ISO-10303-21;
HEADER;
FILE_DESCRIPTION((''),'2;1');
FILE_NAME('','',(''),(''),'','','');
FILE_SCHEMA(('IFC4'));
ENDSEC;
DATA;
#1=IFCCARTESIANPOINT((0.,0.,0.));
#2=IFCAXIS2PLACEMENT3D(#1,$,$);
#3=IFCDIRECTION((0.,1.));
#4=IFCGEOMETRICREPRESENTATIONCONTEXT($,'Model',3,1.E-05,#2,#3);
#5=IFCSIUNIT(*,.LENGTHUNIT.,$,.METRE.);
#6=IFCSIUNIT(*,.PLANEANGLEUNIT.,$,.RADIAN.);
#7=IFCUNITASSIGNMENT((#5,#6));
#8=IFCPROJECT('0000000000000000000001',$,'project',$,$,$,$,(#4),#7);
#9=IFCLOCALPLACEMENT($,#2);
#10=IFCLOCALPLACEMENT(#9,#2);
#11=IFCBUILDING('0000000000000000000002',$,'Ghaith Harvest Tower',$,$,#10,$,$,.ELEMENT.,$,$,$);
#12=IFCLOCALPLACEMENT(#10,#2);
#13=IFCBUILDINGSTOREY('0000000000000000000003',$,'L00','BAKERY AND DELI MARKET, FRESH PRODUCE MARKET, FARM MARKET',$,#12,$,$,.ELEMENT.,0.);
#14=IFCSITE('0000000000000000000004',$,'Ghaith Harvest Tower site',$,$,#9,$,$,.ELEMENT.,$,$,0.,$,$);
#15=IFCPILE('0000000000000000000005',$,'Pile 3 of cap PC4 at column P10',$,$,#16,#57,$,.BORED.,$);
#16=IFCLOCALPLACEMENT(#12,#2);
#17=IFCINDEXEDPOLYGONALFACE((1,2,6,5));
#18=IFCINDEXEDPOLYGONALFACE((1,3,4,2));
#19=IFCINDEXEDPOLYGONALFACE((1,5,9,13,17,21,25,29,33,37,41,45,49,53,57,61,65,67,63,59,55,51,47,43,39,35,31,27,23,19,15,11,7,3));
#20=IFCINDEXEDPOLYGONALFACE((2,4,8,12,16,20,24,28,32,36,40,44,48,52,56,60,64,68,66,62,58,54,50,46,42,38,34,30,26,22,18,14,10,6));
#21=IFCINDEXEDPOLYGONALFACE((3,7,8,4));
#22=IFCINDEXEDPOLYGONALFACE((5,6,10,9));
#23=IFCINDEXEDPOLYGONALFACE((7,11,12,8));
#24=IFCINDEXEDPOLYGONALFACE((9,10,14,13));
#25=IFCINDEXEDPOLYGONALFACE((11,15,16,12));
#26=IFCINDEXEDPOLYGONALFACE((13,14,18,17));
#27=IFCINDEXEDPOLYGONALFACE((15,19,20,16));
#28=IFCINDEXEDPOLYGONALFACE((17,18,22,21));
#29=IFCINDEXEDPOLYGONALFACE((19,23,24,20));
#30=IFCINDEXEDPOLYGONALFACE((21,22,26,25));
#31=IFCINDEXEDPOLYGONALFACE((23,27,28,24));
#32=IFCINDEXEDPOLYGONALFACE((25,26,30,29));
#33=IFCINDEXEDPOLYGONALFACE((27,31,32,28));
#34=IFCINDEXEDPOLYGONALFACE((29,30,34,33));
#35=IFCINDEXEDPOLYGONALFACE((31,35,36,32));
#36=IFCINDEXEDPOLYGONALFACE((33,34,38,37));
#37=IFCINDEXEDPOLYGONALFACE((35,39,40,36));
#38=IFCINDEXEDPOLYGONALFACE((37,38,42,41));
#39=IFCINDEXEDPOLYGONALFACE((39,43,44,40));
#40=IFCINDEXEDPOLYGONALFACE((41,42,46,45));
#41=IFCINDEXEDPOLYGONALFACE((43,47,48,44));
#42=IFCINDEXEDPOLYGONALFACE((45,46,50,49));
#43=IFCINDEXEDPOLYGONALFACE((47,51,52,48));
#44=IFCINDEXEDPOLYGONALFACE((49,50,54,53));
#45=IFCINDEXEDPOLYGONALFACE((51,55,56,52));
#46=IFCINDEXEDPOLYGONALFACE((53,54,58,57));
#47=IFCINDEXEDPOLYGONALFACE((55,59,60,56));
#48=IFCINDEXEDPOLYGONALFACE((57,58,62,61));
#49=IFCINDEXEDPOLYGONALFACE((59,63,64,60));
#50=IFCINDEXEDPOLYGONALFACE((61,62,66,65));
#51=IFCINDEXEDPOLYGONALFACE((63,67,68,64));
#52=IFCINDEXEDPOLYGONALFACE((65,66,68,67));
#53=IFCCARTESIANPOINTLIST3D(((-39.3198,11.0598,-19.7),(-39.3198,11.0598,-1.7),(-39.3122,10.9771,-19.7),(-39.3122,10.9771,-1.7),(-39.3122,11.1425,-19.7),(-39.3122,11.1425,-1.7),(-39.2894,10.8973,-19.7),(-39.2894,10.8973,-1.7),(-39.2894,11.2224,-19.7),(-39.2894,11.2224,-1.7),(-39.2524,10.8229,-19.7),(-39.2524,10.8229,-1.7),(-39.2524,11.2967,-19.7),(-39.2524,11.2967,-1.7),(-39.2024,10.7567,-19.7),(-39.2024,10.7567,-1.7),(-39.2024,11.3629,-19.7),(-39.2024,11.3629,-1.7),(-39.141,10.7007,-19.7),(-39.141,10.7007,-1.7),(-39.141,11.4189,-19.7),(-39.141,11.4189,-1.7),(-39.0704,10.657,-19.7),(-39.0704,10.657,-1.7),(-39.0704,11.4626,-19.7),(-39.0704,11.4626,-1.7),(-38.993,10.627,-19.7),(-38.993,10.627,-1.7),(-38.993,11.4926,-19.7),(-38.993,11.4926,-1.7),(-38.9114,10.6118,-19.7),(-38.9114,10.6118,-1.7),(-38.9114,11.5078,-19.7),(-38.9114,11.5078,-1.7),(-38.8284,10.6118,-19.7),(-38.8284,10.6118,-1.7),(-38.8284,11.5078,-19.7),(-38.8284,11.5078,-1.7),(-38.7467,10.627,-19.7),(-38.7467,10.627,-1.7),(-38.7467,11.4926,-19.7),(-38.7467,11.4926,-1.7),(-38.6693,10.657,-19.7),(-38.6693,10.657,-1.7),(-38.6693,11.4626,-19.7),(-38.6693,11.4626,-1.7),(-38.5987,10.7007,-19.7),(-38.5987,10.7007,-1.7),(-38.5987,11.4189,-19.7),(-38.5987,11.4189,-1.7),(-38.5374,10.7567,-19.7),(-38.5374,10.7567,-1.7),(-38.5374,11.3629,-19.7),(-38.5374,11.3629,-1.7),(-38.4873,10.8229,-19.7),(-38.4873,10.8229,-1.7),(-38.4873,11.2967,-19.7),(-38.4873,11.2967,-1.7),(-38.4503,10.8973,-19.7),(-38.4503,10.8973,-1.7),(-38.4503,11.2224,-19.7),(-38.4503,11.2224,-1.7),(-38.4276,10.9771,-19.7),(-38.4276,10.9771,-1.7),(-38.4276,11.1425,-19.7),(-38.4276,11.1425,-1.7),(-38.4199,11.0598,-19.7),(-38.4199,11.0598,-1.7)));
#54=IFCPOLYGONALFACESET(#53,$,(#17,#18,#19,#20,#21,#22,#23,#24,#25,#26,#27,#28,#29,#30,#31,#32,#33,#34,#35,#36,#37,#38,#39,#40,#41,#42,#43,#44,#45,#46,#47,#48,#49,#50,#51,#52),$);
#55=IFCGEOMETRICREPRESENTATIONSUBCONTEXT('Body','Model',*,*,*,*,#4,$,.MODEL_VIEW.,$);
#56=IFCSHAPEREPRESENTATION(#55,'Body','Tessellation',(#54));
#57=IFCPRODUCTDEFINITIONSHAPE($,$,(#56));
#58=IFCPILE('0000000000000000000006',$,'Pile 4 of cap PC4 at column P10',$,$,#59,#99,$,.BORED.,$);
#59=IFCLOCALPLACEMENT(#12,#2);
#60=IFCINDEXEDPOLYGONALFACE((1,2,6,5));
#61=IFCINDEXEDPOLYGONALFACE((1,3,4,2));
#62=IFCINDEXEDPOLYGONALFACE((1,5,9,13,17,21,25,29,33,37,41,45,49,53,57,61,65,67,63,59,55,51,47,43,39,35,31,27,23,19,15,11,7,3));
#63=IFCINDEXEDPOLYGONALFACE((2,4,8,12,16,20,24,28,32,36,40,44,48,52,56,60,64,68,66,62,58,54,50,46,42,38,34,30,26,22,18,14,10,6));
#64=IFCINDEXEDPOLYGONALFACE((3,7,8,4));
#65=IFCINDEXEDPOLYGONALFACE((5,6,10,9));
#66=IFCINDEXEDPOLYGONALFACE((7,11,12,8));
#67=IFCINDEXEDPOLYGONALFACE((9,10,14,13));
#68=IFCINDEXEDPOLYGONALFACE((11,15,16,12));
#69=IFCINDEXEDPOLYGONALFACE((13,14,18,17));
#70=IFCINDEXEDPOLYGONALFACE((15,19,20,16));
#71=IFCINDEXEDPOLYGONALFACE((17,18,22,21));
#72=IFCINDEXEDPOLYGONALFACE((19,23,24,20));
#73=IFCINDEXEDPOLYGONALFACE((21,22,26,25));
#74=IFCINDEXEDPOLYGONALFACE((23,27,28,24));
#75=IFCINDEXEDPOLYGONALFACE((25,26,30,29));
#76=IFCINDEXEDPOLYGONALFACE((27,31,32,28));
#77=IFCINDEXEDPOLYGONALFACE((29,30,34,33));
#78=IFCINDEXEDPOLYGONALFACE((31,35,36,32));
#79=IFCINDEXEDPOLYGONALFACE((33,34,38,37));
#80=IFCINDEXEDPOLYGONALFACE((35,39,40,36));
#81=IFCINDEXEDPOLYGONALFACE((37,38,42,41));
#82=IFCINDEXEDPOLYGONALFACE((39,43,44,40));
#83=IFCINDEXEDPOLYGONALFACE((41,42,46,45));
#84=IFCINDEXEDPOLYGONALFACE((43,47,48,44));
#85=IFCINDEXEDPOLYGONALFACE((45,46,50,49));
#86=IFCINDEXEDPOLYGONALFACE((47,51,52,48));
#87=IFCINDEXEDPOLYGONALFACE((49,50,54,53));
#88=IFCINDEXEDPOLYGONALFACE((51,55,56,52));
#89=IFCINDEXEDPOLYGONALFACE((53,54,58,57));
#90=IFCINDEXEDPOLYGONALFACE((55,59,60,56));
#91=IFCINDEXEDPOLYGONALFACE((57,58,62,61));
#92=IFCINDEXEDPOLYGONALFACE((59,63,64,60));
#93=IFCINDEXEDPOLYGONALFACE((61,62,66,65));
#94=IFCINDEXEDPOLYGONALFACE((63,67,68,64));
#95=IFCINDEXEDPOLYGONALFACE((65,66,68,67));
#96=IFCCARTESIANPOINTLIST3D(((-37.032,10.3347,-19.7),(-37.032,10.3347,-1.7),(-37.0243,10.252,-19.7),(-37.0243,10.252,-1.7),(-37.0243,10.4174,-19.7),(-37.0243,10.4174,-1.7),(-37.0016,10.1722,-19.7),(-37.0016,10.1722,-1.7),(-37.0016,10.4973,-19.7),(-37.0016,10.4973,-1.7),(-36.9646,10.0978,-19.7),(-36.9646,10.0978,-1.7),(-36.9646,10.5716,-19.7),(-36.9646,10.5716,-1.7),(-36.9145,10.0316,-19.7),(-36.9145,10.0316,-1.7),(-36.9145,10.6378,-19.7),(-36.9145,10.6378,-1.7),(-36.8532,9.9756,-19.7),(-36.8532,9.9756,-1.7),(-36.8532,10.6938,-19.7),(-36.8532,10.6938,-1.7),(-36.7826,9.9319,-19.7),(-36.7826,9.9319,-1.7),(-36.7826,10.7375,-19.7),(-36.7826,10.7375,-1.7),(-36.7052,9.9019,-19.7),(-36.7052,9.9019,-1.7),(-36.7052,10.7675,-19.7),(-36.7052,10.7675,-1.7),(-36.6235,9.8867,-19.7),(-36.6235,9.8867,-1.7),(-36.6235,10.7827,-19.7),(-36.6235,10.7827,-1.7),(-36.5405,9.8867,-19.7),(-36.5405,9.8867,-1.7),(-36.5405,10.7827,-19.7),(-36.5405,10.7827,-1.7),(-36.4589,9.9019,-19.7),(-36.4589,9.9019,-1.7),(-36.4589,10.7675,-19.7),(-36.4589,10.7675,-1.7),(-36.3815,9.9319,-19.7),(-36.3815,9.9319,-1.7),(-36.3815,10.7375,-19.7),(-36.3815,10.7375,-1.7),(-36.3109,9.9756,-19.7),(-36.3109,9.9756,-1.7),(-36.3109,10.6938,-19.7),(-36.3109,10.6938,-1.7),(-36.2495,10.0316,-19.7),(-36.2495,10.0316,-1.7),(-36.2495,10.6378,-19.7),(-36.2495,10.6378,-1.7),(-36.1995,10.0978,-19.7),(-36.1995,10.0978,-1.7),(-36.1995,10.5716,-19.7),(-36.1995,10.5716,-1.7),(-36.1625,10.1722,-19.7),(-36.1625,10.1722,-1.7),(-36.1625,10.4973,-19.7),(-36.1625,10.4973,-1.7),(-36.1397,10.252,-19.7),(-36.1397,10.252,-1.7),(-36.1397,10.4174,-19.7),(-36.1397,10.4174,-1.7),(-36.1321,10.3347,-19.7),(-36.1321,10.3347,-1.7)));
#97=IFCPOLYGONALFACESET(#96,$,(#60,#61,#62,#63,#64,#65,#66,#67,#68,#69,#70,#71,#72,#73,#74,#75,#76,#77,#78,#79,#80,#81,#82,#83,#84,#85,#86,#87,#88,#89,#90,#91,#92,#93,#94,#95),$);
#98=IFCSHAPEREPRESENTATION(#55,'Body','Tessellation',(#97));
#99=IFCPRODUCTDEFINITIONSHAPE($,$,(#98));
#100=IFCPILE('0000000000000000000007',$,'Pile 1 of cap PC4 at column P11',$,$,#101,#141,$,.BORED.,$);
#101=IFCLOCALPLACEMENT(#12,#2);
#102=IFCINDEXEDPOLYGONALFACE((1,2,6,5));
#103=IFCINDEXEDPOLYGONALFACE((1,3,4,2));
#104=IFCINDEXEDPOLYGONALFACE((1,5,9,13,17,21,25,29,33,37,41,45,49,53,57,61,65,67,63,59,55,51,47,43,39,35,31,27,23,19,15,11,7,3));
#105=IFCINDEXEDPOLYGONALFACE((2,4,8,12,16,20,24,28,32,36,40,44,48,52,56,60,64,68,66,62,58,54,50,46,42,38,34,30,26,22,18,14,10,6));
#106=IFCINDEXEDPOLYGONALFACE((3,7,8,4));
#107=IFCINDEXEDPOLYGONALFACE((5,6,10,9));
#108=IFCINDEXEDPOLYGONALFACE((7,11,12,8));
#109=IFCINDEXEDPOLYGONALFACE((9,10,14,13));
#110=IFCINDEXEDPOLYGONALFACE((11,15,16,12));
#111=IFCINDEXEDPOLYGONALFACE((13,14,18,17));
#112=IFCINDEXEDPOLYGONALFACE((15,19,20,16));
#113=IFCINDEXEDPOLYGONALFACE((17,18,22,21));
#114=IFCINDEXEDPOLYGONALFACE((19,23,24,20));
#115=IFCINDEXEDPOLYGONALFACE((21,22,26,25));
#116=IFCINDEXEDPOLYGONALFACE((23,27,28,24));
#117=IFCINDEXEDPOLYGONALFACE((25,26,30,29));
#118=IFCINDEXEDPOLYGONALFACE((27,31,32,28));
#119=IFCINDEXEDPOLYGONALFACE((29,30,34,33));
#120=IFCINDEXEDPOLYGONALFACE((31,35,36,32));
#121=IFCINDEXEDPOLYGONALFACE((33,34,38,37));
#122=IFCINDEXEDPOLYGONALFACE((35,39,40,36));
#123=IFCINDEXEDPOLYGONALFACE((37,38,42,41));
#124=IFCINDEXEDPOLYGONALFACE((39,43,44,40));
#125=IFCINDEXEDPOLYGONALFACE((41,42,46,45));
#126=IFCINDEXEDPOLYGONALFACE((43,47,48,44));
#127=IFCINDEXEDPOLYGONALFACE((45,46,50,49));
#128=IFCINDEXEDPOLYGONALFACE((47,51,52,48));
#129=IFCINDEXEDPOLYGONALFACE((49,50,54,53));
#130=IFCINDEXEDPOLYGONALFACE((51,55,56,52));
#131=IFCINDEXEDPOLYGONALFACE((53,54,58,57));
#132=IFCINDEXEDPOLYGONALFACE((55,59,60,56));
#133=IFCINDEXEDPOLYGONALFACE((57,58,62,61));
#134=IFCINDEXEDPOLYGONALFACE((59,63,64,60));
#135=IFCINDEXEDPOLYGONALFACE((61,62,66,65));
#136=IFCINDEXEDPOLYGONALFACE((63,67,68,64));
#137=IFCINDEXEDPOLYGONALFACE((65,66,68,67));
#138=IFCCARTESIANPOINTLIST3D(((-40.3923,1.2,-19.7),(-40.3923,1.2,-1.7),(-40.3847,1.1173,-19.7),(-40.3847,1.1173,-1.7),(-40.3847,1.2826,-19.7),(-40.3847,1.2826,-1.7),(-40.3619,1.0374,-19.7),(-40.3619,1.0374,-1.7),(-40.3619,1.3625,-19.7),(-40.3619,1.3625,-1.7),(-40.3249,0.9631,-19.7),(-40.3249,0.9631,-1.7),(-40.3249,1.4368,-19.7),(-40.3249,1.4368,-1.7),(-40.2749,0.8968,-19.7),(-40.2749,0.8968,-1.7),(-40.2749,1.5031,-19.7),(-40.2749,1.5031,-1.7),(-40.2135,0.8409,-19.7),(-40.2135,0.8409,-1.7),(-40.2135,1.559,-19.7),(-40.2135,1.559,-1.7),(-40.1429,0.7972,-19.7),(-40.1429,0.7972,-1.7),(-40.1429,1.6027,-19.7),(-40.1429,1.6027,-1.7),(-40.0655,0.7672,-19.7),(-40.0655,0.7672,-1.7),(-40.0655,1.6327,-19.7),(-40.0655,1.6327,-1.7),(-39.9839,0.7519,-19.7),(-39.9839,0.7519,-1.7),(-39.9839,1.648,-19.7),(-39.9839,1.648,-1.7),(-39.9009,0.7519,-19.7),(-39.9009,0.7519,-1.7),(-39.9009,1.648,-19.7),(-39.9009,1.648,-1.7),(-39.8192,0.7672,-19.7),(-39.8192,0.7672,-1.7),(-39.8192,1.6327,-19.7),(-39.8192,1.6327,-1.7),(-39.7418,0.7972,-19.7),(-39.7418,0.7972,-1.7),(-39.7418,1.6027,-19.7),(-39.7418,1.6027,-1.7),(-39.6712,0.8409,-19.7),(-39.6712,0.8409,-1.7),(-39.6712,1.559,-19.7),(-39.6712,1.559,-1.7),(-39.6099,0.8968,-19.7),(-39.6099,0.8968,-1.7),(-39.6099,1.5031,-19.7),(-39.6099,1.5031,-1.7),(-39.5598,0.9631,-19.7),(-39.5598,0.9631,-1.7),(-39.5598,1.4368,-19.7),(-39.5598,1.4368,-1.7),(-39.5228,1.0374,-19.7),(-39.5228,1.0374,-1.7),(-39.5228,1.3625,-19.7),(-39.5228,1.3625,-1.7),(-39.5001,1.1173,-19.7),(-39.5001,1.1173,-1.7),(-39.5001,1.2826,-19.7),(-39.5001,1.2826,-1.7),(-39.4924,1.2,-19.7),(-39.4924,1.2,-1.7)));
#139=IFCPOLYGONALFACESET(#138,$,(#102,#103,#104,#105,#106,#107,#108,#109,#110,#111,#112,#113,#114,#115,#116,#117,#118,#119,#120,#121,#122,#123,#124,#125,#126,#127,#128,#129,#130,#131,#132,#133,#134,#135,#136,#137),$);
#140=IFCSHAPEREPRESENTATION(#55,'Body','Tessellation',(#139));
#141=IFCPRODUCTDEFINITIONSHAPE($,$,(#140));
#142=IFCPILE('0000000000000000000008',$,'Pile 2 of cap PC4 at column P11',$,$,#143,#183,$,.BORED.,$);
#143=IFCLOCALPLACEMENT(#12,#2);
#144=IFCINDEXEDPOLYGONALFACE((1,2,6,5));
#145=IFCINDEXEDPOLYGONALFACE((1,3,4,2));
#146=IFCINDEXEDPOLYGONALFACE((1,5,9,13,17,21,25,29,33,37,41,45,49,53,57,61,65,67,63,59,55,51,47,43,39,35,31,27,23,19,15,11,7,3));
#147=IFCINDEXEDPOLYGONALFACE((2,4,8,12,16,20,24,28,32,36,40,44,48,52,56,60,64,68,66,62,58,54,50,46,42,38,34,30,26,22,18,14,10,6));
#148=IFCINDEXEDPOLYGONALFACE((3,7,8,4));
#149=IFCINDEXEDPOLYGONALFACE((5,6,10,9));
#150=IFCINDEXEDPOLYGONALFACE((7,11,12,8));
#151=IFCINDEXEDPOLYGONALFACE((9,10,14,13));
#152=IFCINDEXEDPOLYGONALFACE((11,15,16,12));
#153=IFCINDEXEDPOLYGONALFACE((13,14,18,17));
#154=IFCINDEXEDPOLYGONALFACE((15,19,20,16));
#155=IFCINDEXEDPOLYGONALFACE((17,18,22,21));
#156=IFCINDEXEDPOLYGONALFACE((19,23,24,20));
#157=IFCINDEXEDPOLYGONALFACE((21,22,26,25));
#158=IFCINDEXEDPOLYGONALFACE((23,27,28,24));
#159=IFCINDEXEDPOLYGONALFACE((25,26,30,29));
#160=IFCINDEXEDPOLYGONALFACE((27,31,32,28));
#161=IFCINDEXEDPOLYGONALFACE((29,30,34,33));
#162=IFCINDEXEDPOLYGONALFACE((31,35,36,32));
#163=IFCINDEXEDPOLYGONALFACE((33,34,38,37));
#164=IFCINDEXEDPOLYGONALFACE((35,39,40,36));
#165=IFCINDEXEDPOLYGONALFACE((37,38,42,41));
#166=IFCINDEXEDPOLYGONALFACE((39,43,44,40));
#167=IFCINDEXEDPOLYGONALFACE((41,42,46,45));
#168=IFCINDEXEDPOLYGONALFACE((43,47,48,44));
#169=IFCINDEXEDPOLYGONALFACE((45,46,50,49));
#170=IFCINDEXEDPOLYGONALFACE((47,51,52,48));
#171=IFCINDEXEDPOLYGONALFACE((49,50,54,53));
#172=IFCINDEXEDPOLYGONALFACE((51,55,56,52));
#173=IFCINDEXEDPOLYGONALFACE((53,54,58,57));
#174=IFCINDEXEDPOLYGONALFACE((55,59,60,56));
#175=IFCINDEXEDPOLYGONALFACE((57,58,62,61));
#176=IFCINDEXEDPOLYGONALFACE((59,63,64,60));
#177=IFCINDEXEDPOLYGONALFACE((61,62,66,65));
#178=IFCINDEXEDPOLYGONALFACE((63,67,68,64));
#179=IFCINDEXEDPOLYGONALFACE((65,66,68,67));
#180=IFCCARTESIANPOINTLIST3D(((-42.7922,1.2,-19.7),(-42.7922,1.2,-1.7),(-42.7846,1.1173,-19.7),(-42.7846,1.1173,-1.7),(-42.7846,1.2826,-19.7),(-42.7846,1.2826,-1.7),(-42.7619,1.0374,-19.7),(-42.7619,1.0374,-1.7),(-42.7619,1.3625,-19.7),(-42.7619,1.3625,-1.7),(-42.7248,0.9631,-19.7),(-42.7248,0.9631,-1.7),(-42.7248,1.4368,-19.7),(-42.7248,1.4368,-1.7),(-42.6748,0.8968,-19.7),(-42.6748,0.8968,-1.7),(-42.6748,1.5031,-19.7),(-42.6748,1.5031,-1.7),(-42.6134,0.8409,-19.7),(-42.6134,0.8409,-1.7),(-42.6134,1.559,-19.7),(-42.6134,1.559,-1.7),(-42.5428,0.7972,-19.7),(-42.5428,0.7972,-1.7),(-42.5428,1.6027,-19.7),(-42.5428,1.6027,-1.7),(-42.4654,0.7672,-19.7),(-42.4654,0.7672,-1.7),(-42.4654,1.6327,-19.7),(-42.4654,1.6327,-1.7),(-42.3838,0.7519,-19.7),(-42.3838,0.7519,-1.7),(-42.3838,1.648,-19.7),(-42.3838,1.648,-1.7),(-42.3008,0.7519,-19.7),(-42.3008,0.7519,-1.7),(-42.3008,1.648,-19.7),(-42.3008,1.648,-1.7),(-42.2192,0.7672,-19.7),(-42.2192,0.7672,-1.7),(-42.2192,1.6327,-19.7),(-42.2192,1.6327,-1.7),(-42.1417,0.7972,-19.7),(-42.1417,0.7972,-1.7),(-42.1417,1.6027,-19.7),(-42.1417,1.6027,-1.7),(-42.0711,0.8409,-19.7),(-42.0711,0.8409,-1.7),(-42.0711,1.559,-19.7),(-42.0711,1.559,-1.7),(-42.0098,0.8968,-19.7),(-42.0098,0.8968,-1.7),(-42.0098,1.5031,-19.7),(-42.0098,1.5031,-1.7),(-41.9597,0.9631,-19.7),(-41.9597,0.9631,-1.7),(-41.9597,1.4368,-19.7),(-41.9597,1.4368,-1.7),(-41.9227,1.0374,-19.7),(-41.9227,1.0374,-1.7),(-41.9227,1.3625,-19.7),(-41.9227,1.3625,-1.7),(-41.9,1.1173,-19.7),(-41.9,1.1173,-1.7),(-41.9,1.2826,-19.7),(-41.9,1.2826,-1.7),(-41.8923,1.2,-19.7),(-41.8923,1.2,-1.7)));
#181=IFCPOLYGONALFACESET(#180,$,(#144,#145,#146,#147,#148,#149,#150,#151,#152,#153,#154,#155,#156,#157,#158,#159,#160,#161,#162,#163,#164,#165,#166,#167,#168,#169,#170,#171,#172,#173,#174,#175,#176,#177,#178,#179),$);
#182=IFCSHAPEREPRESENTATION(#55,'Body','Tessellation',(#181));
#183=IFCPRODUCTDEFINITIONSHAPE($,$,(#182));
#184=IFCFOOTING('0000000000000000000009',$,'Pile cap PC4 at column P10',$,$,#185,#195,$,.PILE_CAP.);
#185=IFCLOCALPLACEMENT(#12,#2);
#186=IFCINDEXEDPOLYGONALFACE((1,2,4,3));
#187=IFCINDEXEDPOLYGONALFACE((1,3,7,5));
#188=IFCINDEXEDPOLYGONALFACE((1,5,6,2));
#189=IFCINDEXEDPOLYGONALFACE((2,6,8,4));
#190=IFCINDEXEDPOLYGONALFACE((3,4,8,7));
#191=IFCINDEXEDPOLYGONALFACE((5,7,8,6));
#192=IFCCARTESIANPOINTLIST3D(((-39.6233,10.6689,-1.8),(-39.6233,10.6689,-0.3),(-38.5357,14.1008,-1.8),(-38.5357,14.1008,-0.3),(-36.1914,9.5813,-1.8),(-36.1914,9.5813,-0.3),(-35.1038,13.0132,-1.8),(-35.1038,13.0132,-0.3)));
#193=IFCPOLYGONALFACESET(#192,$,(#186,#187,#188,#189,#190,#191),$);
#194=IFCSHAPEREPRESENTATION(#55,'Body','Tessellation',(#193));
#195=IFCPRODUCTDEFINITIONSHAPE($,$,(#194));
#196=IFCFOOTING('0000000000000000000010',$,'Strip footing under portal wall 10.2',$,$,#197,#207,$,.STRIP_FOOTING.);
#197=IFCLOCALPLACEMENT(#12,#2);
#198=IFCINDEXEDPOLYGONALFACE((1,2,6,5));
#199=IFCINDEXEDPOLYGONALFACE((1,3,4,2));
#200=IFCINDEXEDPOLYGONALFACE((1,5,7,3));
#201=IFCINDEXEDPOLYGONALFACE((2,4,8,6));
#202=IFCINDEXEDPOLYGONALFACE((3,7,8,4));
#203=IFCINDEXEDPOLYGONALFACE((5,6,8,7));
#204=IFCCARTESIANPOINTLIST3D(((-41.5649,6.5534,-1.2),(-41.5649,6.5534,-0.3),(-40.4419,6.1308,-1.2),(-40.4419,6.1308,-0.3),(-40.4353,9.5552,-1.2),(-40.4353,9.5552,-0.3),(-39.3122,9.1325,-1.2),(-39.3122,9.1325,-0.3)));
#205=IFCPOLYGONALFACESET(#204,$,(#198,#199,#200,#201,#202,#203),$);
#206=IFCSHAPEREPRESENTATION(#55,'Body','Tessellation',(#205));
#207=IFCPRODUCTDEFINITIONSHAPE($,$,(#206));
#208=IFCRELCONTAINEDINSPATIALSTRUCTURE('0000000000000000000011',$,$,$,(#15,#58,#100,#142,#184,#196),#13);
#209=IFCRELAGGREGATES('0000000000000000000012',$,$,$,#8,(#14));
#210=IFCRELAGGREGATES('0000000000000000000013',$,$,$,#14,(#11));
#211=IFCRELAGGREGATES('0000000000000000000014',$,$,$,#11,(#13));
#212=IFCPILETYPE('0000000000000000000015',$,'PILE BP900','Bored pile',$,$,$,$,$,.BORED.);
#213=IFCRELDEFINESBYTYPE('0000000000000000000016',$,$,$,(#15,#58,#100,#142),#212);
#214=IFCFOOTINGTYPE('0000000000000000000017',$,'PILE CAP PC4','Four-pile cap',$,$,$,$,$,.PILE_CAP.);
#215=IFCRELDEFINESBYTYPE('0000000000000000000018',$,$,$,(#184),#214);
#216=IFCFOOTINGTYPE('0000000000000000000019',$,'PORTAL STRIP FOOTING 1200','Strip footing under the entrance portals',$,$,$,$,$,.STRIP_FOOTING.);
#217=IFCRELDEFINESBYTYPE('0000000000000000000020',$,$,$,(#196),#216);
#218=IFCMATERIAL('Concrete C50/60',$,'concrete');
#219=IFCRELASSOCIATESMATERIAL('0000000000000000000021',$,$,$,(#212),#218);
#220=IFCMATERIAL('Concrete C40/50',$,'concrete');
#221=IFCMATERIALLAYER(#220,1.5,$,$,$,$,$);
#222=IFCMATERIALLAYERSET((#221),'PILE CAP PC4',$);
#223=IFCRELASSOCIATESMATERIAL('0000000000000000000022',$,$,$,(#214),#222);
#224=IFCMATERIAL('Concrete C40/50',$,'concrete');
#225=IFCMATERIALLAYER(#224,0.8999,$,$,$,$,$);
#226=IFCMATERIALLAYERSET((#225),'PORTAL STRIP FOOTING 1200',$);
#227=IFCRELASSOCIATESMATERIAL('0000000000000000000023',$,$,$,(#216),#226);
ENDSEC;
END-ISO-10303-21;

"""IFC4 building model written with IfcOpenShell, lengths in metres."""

from ifc_helpers import new_model, si_unit, direction, frame, frame_2d, origin, origin_2d, place, context, subcontext, project, spatial, rectangle, circle, extrude, material, layer, layer_set, material_profile, profile_set, type_object, element, save


model = new_model("IFC4")

# Units and contexts
model_context = context("Model", 3, precision=1e-05, world=origin(), true_north=direction((0.0, 1.0)))
body_context = subcontext(model_context, "Body", "Model", "MODEL_VIEW")
ifc_project = project(units=[si_unit("LENGTHUNIT", "METRE"), si_unit("PLANEANGLEUNIT", "RADIAN")], contexts=[model_context])

# Site, building, storey
site_placement = place(None, origin())
site = spatial("IfcSite", under=ifc_project, at=site_placement, Name="Ghaith Harvest Tower site", CompositionType="ELEMENT", RefElevation=0.0)
building_placement = place(site_placement, origin())
building = spatial("IfcBuilding", under=site, at=building_placement, Name="Ghaith Harvest Tower", CompositionType="ELEMENT")
storey_placement = place(building_placement, origin())
storey = spatial("IfcBuildingStorey", under=building, at=storey_placement, Name="L00", Description="BAKERY AND DELI MARKET, FRESH PRODUCE MARKET, FARM MARKET", CompositionType="ELEMENT", Elevation=0.0)

# Piles
ifc_material_1 = material(Name="Concrete C50/60", Category="concrete")
ifc_material_profile_1 = material_profile(ifc_material_1, circle(Radius=0.45, at=origin_2d()), Name="PILE900")
ifc_profile_set_1 = profile_set([ifc_material_profile_1], Name="Concrete C50/60")
pile_type = type_object("IfcPileType", Name="PILE BP900", Description="Bored pile", PredefinedType="BORED", material=ifc_profile_set_1)
for number, where, z_axis, x_axis, name in (
    (1, (-38.8699, 11.0598, -1.7), (0.0, 0.0, -1.0), (1.0, 0.0, 0.0), "Pile 3 of cap PC4 at column P10"),
    (2, (-36.582, 10.3347, -1.7), (0.0, 0.0, -1.0), (1.0, 0.0, 0.0), "Pile 4 of cap PC4 at column P10"),
    (3, (-39.9424, 1.2, -1.7), (0.0, 0.0, -1.0), (1.0, 0.0, 0.0), "Pile 1 of cap PC4 at column P11"),
    (4, (-42.3423, 1.2, -1.7), (0.0, 0.0, -1.0), (1.0, 0.0, 0.0), "Pile 2 of cap PC4 at column P11"),
):
    element("IfcPile", number, at=place(storey_placement, frame(where, z_axis=z_axis, x_axis=x_axis)), inside=storey, type_object=pile_type, Name=name, PredefinedType="BORED", context=body_context, shape_type="SweptSolid", body=[
        extrude(circle(Radius=0.45, at=origin_2d()), origin(), (0.0, 0.0, 1.0), 18.0),
    ])

# Footings
ifc_material_2 = material(Name="Concrete C40/50", Category="concrete")
ifc_layer_1 = layer(ifc_material_2, 1.5)
ifc_layer_set_1 = layer_set([ifc_layer_1], Name="PILE CAP PC4")
footing_type_1 = type_object("IfcFootingType", Name="PILE CAP PC4", Description="Four-pile cap", PredefinedType="PILE_CAP", material=ifc_layer_set_1)
footing_1_placement = place(storey_placement, frame((-37.3635, 11.8411, -1.8), z_axis=(0.0, 0.0, 1.0), x_axis=(-0.953273, 0.30211, 0.0)))
element("IfcFooting", 5, at=footing_1_placement, inside=storey, type_object=footing_type_1, Name="Pile cap PC4 at column P10", PredefinedType="PILE_CAP", context=body_context, shape_type="SweptSolid", body=[
    extrude(rectangle(XDim=3.6001, YDim=3.6001, at=origin_2d()), origin(), (0.0, 0.0, 1.0), 1.5),
])
ifc_material_3 = material(Name="Concrete C40/50", Category="concrete")
ifc_layer_2 = layer(ifc_material_3, 0.8999)
ifc_layer_set_2 = layer_set([ifc_layer_2], Name="PORTAL STRIP FOOTING 1200")
footing_type_2 = type_object("IfcFootingType", Name="PORTAL STRIP FOOTING 1200", Description="Strip footing under the entrance portals", PredefinedType="STRIP_FOOTING", material=ifc_layer_set_2)
footing_2_placement = place(storey_placement, frame((-39.8738, 9.3438, -1.2), z_axis=(0.0, 0.0, 1.0), x_axis=(-0.352216, -0.935919, 0.0)))
element("IfcFooting", 6, at=footing_2_placement, inside=storey, type_object=footing_type_2, Name="Strip footing under portal wall 10.2", PredefinedType="STRIP_FOOTING", context=body_context, shape_type="SweptSolid", body=[
    extrude(rectangle(XDim=3.2073, YDim=1.2, at=frame_2d((1.6035, 0.0))), origin(), (0.0, 0.0, 1.0), 0.8999),
])

save(model, "model.ifc")
